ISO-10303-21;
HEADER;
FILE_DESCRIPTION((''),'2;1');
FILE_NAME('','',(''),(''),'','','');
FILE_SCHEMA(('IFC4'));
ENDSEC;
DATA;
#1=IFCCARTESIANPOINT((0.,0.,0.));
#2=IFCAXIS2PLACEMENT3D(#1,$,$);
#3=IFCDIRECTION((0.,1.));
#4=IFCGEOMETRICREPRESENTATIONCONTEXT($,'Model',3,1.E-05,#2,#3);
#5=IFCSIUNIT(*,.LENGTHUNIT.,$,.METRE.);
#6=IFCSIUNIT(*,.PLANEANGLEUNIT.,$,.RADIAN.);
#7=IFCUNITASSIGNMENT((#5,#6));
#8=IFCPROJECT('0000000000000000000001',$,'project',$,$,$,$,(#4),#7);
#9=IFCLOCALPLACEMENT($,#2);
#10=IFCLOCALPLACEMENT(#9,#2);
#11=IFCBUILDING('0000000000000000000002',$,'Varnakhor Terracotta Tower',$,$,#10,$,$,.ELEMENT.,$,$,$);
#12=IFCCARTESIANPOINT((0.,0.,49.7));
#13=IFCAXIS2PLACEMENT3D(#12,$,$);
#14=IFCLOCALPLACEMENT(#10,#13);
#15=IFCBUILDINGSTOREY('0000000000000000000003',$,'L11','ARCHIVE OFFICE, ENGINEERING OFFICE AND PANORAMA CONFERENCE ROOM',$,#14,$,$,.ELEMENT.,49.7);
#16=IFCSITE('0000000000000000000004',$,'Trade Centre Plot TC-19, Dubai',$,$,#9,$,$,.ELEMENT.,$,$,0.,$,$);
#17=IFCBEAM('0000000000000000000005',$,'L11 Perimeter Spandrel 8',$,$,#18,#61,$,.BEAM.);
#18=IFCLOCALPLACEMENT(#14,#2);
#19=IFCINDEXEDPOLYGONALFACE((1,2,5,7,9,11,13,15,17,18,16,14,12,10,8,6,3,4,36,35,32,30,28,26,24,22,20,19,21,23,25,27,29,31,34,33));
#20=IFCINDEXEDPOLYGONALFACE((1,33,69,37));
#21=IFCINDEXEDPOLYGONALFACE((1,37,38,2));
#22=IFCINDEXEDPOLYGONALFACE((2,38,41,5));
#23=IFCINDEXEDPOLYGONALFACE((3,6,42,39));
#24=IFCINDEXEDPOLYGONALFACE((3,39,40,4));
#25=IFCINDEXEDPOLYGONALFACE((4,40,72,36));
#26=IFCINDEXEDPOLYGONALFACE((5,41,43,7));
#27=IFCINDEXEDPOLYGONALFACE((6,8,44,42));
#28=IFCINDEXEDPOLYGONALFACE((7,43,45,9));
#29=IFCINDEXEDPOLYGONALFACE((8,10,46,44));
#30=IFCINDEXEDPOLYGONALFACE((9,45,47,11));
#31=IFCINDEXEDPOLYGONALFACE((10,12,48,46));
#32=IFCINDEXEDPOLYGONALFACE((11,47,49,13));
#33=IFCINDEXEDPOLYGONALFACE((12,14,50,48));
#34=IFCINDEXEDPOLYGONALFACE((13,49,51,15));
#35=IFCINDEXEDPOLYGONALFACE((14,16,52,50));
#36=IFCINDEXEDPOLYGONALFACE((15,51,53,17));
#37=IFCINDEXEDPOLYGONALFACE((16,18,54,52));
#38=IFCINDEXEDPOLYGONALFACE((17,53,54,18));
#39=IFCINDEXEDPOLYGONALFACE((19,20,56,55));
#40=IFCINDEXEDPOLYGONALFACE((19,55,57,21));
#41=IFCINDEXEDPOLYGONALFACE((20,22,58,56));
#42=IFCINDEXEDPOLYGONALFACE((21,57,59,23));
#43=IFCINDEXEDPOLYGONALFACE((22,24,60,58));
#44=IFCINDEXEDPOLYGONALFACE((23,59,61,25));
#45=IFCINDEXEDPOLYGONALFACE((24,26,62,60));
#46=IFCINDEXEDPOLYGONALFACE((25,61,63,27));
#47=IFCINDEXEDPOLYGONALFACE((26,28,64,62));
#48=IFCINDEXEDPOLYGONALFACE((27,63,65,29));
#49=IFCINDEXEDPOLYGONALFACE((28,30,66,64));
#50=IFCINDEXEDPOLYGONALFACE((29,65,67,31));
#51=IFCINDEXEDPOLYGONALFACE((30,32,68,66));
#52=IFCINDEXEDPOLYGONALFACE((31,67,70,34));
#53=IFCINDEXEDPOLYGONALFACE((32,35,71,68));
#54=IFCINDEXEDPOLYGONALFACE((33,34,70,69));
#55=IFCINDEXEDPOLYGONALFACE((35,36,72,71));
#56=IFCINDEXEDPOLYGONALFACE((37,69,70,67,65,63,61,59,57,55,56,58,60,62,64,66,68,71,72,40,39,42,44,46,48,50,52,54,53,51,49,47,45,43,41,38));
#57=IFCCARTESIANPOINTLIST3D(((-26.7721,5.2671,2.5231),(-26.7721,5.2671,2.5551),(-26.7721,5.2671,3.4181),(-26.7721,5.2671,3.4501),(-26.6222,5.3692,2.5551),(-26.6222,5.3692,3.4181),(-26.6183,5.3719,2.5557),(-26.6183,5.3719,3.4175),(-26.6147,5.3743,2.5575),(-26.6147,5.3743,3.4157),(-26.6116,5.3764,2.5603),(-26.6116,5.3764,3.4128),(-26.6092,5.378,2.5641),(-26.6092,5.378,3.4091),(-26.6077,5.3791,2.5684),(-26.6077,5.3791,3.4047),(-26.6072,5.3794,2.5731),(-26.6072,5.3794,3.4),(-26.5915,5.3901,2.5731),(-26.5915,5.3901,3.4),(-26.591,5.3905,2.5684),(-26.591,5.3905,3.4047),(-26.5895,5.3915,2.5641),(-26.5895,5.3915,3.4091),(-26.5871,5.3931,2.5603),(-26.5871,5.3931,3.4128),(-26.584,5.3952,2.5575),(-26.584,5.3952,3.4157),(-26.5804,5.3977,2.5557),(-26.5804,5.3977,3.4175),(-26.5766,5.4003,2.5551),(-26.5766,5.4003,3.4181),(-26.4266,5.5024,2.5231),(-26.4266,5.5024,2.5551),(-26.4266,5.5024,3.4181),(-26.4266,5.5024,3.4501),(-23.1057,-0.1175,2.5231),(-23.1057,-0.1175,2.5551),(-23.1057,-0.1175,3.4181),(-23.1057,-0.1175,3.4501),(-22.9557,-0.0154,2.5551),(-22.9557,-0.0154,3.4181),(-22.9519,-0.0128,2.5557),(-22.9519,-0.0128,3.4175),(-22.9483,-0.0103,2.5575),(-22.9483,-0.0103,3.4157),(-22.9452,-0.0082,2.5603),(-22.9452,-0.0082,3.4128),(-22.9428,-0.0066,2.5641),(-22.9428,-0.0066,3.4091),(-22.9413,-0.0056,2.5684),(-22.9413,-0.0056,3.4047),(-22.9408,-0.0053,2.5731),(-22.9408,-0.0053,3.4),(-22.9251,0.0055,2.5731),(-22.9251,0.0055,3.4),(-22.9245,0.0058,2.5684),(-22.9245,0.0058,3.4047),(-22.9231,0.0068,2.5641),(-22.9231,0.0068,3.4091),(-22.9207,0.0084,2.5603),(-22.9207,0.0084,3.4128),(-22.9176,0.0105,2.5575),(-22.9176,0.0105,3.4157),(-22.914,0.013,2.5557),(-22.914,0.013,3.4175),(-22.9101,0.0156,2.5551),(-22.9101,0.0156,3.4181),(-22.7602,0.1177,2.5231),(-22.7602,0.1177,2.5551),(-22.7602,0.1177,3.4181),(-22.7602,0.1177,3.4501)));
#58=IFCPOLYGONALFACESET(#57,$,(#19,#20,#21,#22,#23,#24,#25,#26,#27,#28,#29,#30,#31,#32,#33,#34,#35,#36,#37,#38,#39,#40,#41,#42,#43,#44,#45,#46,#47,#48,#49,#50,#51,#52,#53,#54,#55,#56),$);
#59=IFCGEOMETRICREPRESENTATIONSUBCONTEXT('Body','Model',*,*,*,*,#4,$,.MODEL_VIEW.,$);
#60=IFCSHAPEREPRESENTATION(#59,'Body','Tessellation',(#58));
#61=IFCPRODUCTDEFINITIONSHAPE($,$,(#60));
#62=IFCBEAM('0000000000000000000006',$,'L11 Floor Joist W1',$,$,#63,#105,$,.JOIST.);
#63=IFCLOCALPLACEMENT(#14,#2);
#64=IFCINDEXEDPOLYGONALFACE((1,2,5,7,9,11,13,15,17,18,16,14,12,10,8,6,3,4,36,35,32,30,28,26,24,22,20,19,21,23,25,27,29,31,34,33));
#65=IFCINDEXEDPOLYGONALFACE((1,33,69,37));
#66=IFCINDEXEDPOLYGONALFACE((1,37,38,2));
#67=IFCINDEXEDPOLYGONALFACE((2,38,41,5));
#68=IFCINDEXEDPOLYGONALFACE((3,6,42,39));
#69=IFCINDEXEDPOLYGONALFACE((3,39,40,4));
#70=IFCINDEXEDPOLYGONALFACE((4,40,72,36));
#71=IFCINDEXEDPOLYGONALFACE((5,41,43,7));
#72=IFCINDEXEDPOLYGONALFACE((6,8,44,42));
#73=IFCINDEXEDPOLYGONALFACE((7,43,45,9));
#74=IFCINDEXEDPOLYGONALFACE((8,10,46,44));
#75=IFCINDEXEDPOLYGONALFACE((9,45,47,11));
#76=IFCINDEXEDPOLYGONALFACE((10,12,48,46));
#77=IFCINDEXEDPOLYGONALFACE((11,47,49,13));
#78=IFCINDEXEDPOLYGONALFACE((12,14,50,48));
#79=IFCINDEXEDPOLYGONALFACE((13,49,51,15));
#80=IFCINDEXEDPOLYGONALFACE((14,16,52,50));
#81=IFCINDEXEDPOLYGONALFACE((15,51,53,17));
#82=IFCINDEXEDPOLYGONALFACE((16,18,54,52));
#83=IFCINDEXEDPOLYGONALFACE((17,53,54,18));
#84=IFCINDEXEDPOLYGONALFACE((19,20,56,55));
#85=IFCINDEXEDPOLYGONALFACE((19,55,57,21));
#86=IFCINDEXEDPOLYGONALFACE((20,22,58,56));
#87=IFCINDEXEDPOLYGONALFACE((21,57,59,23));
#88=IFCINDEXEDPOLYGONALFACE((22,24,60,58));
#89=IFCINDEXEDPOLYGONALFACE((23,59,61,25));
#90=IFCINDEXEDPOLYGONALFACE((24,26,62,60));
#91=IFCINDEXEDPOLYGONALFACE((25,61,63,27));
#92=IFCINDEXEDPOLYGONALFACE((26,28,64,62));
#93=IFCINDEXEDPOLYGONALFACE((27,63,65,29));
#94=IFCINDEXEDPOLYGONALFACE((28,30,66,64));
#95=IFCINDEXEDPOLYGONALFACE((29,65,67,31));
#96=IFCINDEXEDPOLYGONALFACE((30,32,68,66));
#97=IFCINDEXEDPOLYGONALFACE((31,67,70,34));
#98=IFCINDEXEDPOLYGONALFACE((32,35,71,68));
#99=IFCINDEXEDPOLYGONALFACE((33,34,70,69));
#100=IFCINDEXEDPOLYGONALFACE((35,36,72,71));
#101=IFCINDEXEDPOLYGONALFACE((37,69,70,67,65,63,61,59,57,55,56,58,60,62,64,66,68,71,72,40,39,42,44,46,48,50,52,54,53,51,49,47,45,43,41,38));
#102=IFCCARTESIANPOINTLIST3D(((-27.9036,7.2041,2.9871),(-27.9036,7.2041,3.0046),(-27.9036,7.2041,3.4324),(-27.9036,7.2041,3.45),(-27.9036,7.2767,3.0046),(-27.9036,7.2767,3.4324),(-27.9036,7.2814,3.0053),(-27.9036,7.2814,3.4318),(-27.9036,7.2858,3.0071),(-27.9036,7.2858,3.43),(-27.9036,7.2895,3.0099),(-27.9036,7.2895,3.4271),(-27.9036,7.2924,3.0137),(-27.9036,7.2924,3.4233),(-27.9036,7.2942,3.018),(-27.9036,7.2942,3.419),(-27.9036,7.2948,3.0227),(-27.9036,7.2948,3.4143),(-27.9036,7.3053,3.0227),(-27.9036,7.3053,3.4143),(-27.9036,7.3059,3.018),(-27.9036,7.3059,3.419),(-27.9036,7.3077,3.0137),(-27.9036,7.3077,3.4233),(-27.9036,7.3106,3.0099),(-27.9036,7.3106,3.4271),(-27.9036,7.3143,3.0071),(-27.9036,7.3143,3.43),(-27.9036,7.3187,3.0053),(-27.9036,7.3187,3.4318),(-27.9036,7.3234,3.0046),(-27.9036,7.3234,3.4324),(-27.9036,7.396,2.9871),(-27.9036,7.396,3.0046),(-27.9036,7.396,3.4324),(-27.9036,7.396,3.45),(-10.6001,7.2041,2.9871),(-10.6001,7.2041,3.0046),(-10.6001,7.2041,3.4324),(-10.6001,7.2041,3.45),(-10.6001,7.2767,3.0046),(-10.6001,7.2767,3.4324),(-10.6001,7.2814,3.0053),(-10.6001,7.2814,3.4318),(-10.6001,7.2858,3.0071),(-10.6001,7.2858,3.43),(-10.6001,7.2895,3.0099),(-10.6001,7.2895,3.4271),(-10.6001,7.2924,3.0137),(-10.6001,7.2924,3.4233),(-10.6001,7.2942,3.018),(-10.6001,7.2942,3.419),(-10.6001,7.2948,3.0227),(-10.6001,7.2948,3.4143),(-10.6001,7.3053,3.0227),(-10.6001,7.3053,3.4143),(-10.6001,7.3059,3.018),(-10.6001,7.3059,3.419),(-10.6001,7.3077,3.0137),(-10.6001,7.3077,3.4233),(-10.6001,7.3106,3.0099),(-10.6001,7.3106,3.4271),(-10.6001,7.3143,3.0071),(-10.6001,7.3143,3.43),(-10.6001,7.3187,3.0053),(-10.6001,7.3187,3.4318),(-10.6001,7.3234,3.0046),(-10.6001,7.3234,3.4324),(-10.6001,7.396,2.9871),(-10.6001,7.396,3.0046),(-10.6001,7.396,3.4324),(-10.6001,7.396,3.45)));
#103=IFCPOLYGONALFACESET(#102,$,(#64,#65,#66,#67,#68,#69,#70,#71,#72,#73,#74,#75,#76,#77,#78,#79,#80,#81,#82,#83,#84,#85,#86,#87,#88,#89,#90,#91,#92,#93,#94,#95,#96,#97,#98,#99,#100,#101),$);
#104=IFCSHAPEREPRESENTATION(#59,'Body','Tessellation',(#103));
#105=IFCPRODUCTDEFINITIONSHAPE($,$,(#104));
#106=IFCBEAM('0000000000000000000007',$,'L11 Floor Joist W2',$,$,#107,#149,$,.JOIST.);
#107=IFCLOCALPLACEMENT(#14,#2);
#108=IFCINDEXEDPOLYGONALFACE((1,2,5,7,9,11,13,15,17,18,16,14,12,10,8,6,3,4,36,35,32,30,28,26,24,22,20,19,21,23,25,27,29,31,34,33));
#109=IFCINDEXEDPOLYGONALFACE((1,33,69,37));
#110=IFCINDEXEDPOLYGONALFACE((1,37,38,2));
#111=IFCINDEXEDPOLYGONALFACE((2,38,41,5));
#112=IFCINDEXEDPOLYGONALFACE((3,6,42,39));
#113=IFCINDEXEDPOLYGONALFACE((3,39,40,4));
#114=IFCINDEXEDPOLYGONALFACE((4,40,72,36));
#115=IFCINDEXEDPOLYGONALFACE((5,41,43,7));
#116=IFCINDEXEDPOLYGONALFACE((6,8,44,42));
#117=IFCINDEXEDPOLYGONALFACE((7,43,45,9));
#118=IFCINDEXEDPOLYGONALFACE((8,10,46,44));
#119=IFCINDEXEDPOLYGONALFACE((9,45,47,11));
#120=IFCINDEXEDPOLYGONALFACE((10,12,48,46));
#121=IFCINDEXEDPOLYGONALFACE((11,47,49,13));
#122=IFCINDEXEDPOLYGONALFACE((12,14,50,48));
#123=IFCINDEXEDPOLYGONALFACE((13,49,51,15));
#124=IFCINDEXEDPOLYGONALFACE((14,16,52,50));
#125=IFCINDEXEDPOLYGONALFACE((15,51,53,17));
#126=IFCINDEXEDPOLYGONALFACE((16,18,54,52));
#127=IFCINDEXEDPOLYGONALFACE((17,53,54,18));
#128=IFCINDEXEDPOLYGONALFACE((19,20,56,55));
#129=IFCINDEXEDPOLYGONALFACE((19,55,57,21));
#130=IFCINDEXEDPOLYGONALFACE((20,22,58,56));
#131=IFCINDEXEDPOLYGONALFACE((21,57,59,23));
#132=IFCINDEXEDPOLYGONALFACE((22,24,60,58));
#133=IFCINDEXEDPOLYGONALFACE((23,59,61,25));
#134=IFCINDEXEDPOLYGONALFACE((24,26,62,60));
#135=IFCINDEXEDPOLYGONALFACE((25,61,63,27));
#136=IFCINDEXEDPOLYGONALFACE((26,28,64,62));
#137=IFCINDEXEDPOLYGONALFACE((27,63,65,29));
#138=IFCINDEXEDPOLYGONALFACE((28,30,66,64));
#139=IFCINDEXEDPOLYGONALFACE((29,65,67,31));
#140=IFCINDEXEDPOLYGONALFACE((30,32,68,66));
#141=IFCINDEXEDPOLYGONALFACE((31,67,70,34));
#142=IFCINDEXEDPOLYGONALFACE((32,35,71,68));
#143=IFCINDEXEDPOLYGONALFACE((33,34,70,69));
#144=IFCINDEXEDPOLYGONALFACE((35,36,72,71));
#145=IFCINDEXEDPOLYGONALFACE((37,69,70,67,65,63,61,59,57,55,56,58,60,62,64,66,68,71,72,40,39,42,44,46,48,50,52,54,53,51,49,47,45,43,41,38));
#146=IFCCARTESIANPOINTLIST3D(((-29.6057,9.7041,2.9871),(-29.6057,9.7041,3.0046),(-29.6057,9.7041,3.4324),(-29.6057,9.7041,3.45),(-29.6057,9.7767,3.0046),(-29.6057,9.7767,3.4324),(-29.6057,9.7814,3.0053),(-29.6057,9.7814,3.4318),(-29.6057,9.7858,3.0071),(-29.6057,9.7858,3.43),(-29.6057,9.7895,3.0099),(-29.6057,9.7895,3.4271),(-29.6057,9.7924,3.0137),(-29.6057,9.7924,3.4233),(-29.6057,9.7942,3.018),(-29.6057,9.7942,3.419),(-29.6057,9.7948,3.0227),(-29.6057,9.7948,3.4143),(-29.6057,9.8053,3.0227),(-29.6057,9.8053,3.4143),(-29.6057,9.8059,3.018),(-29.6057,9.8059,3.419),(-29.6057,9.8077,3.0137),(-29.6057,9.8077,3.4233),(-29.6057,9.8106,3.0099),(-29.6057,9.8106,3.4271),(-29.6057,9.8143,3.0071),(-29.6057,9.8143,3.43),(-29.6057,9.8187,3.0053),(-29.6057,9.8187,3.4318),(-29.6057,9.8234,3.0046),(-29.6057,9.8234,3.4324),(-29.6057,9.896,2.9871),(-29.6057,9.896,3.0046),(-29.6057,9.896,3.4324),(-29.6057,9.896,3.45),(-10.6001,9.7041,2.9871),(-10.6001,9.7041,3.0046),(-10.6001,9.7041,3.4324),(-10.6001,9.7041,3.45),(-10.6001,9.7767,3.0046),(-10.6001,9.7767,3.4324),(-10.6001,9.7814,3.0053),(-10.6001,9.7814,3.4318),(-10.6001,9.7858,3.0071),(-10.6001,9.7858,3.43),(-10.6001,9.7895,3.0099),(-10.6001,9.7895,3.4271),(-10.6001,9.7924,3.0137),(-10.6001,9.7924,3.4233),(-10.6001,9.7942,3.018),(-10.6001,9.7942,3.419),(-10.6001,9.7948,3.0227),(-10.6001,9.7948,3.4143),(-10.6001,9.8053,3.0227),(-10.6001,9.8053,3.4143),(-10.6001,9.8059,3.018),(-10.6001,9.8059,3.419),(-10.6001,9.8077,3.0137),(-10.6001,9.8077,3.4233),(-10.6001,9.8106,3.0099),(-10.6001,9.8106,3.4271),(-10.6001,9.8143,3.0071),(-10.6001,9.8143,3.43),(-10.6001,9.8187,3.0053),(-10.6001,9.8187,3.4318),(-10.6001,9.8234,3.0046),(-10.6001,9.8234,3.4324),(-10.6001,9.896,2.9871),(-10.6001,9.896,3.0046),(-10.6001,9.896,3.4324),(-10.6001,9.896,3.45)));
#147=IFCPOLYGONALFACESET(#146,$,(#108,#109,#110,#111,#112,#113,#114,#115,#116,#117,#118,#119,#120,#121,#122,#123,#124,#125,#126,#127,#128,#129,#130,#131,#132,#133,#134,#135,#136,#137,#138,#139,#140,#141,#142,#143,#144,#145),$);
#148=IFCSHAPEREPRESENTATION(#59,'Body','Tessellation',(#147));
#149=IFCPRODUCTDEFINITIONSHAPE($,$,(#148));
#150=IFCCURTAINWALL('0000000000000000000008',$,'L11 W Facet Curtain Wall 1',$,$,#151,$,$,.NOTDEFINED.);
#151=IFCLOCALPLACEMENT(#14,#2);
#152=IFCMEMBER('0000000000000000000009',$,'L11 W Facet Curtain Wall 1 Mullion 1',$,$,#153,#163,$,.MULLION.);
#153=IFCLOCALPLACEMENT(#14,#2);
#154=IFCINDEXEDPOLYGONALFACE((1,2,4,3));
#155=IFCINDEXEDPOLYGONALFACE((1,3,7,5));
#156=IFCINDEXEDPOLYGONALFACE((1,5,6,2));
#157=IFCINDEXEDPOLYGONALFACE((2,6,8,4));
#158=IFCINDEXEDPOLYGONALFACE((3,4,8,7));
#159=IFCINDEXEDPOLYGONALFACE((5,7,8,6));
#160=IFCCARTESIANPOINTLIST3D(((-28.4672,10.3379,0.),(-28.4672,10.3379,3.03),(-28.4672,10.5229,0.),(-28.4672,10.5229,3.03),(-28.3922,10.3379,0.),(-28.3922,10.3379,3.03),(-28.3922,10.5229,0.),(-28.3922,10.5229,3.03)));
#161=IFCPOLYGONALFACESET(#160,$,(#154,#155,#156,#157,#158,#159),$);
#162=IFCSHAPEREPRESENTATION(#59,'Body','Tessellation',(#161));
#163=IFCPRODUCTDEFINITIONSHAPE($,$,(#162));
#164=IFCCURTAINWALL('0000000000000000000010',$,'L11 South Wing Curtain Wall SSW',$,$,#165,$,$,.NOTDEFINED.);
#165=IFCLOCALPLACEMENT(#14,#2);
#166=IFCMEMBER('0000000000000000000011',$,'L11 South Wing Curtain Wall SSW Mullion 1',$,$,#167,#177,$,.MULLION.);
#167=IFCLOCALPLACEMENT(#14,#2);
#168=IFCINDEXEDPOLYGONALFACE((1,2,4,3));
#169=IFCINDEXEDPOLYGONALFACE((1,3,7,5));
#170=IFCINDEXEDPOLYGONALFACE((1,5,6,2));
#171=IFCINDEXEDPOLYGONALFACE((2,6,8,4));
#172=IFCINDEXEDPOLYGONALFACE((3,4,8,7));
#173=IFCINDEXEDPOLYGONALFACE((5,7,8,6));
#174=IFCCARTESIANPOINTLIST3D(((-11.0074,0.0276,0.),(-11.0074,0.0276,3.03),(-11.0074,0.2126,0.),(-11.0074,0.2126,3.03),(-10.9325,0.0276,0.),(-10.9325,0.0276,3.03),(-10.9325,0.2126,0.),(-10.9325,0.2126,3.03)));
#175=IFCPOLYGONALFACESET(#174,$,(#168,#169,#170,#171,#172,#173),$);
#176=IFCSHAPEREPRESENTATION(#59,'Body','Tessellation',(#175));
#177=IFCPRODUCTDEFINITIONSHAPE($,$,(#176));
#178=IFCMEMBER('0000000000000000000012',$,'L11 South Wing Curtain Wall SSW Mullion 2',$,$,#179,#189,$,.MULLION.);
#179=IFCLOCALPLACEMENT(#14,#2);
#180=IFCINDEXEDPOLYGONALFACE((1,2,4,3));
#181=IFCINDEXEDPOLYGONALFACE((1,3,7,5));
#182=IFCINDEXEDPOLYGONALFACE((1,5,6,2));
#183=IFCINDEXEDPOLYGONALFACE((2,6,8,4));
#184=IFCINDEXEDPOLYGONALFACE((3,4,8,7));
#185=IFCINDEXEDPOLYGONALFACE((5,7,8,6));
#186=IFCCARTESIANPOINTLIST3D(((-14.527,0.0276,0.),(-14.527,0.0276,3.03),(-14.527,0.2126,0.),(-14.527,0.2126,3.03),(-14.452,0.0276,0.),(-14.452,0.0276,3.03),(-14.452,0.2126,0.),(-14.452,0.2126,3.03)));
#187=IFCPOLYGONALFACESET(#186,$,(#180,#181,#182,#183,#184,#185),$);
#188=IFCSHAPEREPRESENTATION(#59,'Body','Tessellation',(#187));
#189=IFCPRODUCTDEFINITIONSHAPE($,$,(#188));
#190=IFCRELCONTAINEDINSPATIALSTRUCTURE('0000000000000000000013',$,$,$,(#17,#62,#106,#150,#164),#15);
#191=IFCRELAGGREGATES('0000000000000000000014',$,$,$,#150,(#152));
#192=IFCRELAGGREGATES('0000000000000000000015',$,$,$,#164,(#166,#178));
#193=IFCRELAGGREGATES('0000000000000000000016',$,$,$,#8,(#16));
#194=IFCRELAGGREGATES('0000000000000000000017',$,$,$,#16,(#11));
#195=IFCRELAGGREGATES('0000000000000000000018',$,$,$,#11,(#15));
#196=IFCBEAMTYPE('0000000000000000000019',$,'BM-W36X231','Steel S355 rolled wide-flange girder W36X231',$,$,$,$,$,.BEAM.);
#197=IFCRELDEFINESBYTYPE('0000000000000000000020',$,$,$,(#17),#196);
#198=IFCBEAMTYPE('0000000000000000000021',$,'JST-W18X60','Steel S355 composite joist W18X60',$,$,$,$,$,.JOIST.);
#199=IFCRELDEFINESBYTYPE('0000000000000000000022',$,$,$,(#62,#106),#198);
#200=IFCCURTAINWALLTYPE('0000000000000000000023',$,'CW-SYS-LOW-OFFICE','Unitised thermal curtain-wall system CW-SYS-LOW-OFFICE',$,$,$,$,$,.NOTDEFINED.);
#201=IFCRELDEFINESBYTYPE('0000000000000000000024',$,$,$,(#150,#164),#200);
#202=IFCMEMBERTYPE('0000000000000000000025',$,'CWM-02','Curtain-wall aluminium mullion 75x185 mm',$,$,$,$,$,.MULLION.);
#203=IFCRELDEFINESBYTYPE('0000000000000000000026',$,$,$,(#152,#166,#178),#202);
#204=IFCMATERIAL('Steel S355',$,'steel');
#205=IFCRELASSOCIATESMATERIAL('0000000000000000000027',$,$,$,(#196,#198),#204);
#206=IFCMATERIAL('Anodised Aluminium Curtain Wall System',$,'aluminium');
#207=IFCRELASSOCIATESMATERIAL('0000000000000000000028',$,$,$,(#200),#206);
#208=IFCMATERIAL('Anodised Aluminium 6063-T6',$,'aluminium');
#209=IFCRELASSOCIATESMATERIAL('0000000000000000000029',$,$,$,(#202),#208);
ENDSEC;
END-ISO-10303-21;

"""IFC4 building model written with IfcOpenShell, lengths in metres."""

from ifc_helpers import new_model, si_unit, direction, frame, origin, origin_2d, place, context, subcontext, project, spatial, rectangle, i_section, extrude, source, transform, mapped, material, material_profile, profile_set, type_object, type_shapes, element, aggregate, save


model = new_model("IFC4")

# Units and contexts
model_context = context("Model", 3, precision=1e-05, world=origin(), true_north=direction((0.0, 1.0)))
body_context = subcontext(model_context, "Body", "Model", "MODEL_VIEW")
ifc_project = project(units=[si_unit("LENGTHUNIT", "METRE"), si_unit("PLANEANGLEUNIT", "RADIAN")], contexts=[model_context])

# Site, building, storey
site_placement = place(None, origin())
site = spatial("IfcSite", under=ifc_project, at=site_placement, Name="Trade Centre Plot TC-19, Dubai", CompositionType="ELEMENT", RefElevation=0.0)
building_placement = place(site_placement, origin())
building = spatial("IfcBuilding", under=site, at=building_placement, Name="Varnakhor Terracotta Tower", CompositionType="ELEMENT")
storey_placement = place(building_placement, frame((0.0, 0.0, 49.7)))
storey = spatial("IfcBuildingStorey", under=building, at=storey_placement, Name="L11", Description="ARCHIVE OFFICE, ENGINEERING OFFICE AND PANORAMA CONFERENCE ROOM", CompositionType="ELEMENT", Elevation=49.7)

# Beams
ifc_material_1 = material(Name="Steel S355", Category="steel")
ifc_material_profile_1 = material_profile(ifc_material_1, i_section(OverallWidth=0.418, OverallDepth=0.927, WebThickness=0.019, FlangeThickness=0.032, FilletRadius=0.0181, at=origin_2d()), Name="W36X231")
ifc_profile_set_1 = profile_set([ifc_material_profile_1], Name="Steel S355")
beam_type_1 = type_object("IfcBeamType", Name="BM-W36X231", Description="Steel S355 rolled wide-flange girder W36X231", PredefinedType="BEAM", material=ifc_profile_set_1)
shared_shape_1 = source(origin(), body_context, "Body", "SweptSolid", [
    extrude(i_section(OverallWidth=0.418, OverallDepth=0.927, WebThickness=0.019, FlangeThickness=0.032, FilletRadius=0.0181, at=origin_2d()), origin(), (0.0, 0.0, 1.0), 6.5144),
])
beam_1_placement = place(storey_placement, frame((-26.5994, 5.3848, 2.9866), z_axis=(0.56282, -0.826579, 0.0), x_axis=(0.826579, 0.56282, 0.0)))
element("IfcBeam", 1, at=beam_1_placement, inside=storey, type_object=beam_type_1, Name="L11 Perimeter Spandrel 8", PredefinedType="BEAM", context=body_context, shape_type="MappedRepresentation", body=[
    mapped(shared_shape_1, transform((0.0, 0.0, 0.0), scale=1.0)),
])
ifc_material_profile_2 = material_profile(ifc_material_1, i_section(OverallWidth=0.1919, OverallDepth=0.4629, WebThickness=0.0105, FlangeThickness=0.0176, FilletRadius=0.0181, at=origin_2d()), Name="W18X60")
ifc_profile_set_2 = profile_set([ifc_material_profile_2], Name="Steel S355")
beam_type_2 = type_object("IfcBeamType", Name="JST-W18X60", Description="Steel S355 composite joist W18X60", PredefinedType="JOIST", material=ifc_profile_set_2)
shared_shape_2 = source(origin(), body_context, "Body", "SweptSolid", [
    extrude(i_section(OverallWidth=0.1919, OverallDepth=0.4629, WebThickness=0.0105, FlangeThickness=0.0176, FilletRadius=0.0181, at=origin_2d()), origin(), (0.0, 0.0, 1.0), 17.3035),
])
beam_2_placement = place(storey_placement, frame((-27.9036, 7.3, 3.2185), z_axis=(1.0, 0.0, 0.0), x_axis=(0.0, 1.0, 0.0)))
element("IfcBeam", 2, at=beam_2_placement, inside=storey, type_object=beam_type_2, Name="L11 Floor Joist W1", PredefinedType="JOIST", context=body_context, shape_type="MappedRepresentation", body=[
    mapped(shared_shape_2, transform((0.0, 0.0, 0.0), scale=1.0)),
])
shared_shape_3 = source(origin(), body_context, "Body", "SweptSolid", [
    extrude(i_section(OverallWidth=0.1919, OverallDepth=0.4629, WebThickness=0.0105, FlangeThickness=0.0176, FilletRadius=0.0181, at=origin_2d()), origin(), (0.0, 0.0, 1.0), 19.0056),
])
beam_3_placement = place(storey_placement, frame((-29.6057, 9.8, 3.2185), z_axis=(1.0, 0.0, 0.0), x_axis=(0.0, 1.0, 0.0)))
element("IfcBeam", 3, at=beam_3_placement, inside=storey, type_object=beam_type_2, Name="L11 Floor Joist W2", PredefinedType="JOIST", context=body_context, shape_type="MappedRepresentation", body=[
    mapped(shared_shape_3, transform((0.0, 0.0, 0.0), scale=1.0)),
])

# Curtain wall, member
ifc_material_2 = material(Name="Anodised Aluminium Curtain Wall System", Category="aluminium")
curtain_wall_type = type_object("IfcCurtainWallType", Name="CW-SYS-LOW-OFFICE", Description="Unitised thermal curtain-wall system CW-SYS-LOW-OFFICE", PredefinedType="NOTDEFINED", material=ifc_material_2)
curtain_wall_1_placement = place(storey_placement, origin())
curtain_wall_1 = element("IfcCurtainWall", 4, at=curtain_wall_1_placement, inside=storey, type_object=curtain_wall_type, Name="L11 W Facet Curtain Wall 1", PredefinedType="NOTDEFINED")
ifc_material_3 = material(Name="Anodised Aluminium 6063-T6", Category="aluminium")
ifc_material_profile_3 = material_profile(ifc_material_3, rectangle(XDim=0.075, YDim=0.1851, at=origin_2d()), Name="ALU MULLION 75x185")
ifc_profile_set_3 = profile_set([ifc_material_profile_3], Name="Anodised Aluminium 6063-T6")
member_type_1 = type_object("IfcMemberType", Name="CWM-02", Description="Curtain-wall aluminium mullion 75x185 mm", PredefinedType="MULLION", material=ifc_profile_set_3)
shared_shape_4 = source(origin(), body_context, "Body", "SweptSolid", [
    extrude(rectangle(XDim=0.075, YDim=0.1851, at=origin_2d()), origin(), (0.0, 0.0, 1.0), 3.03),
])
type_shapes(member_type_1, [shared_shape_4])
member_1_placement = place(storey_placement, frame((-28.4297, 10.4304, 0.0), z_axis=(0.0, 0.0, 1.0), x_axis=(1.0, 0.0, 0.0)))
member_1 = element("IfcMember", 5, at=member_1_placement, type_object=member_type_1, Name="L11 W Facet Curtain Wall 1 Mullion 1", PredefinedType="MULLION", context=body_context, shape_type="MappedRepresentation", body=[
    mapped(shared_shape_4, transform((0.0, 0.0, 0.0), scale=1.0)),
])

# Curtain wall, members
curtain_wall_2_placement = place(storey_placement, origin())
curtain_wall_2 = element("IfcCurtainWall", 6, at=curtain_wall_2_placement, inside=storey, type_object=curtain_wall_type, Name="L11 South Wing Curtain Wall SSW", PredefinedType="NOTDEFINED")
member_2_placement = place(storey_placement, frame((-10.97, 0.1201, 0.0), z_axis=(0.0, 0.0, 1.0), x_axis=(1.0, 0.0, 0.0)))
member_2 = element("IfcMember", 7, at=member_2_placement, type_object=member_type_1, Name="L11 South Wing Curtain Wall SSW Mullion 1", PredefinedType="MULLION", context=body_context, shape_type="MappedRepresentation", body=[
    mapped(shared_shape_4, transform((0.0, 0.0, 0.0), scale=1.0)),
])
member_3_placement = place(storey_placement, frame((-14.4895, 0.1201, 0.0), z_axis=(0.0, 0.0, 1.0), x_axis=(1.0, 0.0, 0.0)))
member_3 = element("IfcMember", 8, at=member_3_placement, type_object=member_type_1, Name="L11 South Wing Curtain Wall SSW Mullion 2", PredefinedType="MULLION", context=body_context, shape_type="MappedRepresentation", body=[
    mapped(shared_shape_4, transform((0.0, 0.0, 0.0), scale=1.0)),
])

aggregate(curtain_wall_1, [member_1])

aggregate(curtain_wall_2, [member_2, member_3])

save(model, "model.ifc")
